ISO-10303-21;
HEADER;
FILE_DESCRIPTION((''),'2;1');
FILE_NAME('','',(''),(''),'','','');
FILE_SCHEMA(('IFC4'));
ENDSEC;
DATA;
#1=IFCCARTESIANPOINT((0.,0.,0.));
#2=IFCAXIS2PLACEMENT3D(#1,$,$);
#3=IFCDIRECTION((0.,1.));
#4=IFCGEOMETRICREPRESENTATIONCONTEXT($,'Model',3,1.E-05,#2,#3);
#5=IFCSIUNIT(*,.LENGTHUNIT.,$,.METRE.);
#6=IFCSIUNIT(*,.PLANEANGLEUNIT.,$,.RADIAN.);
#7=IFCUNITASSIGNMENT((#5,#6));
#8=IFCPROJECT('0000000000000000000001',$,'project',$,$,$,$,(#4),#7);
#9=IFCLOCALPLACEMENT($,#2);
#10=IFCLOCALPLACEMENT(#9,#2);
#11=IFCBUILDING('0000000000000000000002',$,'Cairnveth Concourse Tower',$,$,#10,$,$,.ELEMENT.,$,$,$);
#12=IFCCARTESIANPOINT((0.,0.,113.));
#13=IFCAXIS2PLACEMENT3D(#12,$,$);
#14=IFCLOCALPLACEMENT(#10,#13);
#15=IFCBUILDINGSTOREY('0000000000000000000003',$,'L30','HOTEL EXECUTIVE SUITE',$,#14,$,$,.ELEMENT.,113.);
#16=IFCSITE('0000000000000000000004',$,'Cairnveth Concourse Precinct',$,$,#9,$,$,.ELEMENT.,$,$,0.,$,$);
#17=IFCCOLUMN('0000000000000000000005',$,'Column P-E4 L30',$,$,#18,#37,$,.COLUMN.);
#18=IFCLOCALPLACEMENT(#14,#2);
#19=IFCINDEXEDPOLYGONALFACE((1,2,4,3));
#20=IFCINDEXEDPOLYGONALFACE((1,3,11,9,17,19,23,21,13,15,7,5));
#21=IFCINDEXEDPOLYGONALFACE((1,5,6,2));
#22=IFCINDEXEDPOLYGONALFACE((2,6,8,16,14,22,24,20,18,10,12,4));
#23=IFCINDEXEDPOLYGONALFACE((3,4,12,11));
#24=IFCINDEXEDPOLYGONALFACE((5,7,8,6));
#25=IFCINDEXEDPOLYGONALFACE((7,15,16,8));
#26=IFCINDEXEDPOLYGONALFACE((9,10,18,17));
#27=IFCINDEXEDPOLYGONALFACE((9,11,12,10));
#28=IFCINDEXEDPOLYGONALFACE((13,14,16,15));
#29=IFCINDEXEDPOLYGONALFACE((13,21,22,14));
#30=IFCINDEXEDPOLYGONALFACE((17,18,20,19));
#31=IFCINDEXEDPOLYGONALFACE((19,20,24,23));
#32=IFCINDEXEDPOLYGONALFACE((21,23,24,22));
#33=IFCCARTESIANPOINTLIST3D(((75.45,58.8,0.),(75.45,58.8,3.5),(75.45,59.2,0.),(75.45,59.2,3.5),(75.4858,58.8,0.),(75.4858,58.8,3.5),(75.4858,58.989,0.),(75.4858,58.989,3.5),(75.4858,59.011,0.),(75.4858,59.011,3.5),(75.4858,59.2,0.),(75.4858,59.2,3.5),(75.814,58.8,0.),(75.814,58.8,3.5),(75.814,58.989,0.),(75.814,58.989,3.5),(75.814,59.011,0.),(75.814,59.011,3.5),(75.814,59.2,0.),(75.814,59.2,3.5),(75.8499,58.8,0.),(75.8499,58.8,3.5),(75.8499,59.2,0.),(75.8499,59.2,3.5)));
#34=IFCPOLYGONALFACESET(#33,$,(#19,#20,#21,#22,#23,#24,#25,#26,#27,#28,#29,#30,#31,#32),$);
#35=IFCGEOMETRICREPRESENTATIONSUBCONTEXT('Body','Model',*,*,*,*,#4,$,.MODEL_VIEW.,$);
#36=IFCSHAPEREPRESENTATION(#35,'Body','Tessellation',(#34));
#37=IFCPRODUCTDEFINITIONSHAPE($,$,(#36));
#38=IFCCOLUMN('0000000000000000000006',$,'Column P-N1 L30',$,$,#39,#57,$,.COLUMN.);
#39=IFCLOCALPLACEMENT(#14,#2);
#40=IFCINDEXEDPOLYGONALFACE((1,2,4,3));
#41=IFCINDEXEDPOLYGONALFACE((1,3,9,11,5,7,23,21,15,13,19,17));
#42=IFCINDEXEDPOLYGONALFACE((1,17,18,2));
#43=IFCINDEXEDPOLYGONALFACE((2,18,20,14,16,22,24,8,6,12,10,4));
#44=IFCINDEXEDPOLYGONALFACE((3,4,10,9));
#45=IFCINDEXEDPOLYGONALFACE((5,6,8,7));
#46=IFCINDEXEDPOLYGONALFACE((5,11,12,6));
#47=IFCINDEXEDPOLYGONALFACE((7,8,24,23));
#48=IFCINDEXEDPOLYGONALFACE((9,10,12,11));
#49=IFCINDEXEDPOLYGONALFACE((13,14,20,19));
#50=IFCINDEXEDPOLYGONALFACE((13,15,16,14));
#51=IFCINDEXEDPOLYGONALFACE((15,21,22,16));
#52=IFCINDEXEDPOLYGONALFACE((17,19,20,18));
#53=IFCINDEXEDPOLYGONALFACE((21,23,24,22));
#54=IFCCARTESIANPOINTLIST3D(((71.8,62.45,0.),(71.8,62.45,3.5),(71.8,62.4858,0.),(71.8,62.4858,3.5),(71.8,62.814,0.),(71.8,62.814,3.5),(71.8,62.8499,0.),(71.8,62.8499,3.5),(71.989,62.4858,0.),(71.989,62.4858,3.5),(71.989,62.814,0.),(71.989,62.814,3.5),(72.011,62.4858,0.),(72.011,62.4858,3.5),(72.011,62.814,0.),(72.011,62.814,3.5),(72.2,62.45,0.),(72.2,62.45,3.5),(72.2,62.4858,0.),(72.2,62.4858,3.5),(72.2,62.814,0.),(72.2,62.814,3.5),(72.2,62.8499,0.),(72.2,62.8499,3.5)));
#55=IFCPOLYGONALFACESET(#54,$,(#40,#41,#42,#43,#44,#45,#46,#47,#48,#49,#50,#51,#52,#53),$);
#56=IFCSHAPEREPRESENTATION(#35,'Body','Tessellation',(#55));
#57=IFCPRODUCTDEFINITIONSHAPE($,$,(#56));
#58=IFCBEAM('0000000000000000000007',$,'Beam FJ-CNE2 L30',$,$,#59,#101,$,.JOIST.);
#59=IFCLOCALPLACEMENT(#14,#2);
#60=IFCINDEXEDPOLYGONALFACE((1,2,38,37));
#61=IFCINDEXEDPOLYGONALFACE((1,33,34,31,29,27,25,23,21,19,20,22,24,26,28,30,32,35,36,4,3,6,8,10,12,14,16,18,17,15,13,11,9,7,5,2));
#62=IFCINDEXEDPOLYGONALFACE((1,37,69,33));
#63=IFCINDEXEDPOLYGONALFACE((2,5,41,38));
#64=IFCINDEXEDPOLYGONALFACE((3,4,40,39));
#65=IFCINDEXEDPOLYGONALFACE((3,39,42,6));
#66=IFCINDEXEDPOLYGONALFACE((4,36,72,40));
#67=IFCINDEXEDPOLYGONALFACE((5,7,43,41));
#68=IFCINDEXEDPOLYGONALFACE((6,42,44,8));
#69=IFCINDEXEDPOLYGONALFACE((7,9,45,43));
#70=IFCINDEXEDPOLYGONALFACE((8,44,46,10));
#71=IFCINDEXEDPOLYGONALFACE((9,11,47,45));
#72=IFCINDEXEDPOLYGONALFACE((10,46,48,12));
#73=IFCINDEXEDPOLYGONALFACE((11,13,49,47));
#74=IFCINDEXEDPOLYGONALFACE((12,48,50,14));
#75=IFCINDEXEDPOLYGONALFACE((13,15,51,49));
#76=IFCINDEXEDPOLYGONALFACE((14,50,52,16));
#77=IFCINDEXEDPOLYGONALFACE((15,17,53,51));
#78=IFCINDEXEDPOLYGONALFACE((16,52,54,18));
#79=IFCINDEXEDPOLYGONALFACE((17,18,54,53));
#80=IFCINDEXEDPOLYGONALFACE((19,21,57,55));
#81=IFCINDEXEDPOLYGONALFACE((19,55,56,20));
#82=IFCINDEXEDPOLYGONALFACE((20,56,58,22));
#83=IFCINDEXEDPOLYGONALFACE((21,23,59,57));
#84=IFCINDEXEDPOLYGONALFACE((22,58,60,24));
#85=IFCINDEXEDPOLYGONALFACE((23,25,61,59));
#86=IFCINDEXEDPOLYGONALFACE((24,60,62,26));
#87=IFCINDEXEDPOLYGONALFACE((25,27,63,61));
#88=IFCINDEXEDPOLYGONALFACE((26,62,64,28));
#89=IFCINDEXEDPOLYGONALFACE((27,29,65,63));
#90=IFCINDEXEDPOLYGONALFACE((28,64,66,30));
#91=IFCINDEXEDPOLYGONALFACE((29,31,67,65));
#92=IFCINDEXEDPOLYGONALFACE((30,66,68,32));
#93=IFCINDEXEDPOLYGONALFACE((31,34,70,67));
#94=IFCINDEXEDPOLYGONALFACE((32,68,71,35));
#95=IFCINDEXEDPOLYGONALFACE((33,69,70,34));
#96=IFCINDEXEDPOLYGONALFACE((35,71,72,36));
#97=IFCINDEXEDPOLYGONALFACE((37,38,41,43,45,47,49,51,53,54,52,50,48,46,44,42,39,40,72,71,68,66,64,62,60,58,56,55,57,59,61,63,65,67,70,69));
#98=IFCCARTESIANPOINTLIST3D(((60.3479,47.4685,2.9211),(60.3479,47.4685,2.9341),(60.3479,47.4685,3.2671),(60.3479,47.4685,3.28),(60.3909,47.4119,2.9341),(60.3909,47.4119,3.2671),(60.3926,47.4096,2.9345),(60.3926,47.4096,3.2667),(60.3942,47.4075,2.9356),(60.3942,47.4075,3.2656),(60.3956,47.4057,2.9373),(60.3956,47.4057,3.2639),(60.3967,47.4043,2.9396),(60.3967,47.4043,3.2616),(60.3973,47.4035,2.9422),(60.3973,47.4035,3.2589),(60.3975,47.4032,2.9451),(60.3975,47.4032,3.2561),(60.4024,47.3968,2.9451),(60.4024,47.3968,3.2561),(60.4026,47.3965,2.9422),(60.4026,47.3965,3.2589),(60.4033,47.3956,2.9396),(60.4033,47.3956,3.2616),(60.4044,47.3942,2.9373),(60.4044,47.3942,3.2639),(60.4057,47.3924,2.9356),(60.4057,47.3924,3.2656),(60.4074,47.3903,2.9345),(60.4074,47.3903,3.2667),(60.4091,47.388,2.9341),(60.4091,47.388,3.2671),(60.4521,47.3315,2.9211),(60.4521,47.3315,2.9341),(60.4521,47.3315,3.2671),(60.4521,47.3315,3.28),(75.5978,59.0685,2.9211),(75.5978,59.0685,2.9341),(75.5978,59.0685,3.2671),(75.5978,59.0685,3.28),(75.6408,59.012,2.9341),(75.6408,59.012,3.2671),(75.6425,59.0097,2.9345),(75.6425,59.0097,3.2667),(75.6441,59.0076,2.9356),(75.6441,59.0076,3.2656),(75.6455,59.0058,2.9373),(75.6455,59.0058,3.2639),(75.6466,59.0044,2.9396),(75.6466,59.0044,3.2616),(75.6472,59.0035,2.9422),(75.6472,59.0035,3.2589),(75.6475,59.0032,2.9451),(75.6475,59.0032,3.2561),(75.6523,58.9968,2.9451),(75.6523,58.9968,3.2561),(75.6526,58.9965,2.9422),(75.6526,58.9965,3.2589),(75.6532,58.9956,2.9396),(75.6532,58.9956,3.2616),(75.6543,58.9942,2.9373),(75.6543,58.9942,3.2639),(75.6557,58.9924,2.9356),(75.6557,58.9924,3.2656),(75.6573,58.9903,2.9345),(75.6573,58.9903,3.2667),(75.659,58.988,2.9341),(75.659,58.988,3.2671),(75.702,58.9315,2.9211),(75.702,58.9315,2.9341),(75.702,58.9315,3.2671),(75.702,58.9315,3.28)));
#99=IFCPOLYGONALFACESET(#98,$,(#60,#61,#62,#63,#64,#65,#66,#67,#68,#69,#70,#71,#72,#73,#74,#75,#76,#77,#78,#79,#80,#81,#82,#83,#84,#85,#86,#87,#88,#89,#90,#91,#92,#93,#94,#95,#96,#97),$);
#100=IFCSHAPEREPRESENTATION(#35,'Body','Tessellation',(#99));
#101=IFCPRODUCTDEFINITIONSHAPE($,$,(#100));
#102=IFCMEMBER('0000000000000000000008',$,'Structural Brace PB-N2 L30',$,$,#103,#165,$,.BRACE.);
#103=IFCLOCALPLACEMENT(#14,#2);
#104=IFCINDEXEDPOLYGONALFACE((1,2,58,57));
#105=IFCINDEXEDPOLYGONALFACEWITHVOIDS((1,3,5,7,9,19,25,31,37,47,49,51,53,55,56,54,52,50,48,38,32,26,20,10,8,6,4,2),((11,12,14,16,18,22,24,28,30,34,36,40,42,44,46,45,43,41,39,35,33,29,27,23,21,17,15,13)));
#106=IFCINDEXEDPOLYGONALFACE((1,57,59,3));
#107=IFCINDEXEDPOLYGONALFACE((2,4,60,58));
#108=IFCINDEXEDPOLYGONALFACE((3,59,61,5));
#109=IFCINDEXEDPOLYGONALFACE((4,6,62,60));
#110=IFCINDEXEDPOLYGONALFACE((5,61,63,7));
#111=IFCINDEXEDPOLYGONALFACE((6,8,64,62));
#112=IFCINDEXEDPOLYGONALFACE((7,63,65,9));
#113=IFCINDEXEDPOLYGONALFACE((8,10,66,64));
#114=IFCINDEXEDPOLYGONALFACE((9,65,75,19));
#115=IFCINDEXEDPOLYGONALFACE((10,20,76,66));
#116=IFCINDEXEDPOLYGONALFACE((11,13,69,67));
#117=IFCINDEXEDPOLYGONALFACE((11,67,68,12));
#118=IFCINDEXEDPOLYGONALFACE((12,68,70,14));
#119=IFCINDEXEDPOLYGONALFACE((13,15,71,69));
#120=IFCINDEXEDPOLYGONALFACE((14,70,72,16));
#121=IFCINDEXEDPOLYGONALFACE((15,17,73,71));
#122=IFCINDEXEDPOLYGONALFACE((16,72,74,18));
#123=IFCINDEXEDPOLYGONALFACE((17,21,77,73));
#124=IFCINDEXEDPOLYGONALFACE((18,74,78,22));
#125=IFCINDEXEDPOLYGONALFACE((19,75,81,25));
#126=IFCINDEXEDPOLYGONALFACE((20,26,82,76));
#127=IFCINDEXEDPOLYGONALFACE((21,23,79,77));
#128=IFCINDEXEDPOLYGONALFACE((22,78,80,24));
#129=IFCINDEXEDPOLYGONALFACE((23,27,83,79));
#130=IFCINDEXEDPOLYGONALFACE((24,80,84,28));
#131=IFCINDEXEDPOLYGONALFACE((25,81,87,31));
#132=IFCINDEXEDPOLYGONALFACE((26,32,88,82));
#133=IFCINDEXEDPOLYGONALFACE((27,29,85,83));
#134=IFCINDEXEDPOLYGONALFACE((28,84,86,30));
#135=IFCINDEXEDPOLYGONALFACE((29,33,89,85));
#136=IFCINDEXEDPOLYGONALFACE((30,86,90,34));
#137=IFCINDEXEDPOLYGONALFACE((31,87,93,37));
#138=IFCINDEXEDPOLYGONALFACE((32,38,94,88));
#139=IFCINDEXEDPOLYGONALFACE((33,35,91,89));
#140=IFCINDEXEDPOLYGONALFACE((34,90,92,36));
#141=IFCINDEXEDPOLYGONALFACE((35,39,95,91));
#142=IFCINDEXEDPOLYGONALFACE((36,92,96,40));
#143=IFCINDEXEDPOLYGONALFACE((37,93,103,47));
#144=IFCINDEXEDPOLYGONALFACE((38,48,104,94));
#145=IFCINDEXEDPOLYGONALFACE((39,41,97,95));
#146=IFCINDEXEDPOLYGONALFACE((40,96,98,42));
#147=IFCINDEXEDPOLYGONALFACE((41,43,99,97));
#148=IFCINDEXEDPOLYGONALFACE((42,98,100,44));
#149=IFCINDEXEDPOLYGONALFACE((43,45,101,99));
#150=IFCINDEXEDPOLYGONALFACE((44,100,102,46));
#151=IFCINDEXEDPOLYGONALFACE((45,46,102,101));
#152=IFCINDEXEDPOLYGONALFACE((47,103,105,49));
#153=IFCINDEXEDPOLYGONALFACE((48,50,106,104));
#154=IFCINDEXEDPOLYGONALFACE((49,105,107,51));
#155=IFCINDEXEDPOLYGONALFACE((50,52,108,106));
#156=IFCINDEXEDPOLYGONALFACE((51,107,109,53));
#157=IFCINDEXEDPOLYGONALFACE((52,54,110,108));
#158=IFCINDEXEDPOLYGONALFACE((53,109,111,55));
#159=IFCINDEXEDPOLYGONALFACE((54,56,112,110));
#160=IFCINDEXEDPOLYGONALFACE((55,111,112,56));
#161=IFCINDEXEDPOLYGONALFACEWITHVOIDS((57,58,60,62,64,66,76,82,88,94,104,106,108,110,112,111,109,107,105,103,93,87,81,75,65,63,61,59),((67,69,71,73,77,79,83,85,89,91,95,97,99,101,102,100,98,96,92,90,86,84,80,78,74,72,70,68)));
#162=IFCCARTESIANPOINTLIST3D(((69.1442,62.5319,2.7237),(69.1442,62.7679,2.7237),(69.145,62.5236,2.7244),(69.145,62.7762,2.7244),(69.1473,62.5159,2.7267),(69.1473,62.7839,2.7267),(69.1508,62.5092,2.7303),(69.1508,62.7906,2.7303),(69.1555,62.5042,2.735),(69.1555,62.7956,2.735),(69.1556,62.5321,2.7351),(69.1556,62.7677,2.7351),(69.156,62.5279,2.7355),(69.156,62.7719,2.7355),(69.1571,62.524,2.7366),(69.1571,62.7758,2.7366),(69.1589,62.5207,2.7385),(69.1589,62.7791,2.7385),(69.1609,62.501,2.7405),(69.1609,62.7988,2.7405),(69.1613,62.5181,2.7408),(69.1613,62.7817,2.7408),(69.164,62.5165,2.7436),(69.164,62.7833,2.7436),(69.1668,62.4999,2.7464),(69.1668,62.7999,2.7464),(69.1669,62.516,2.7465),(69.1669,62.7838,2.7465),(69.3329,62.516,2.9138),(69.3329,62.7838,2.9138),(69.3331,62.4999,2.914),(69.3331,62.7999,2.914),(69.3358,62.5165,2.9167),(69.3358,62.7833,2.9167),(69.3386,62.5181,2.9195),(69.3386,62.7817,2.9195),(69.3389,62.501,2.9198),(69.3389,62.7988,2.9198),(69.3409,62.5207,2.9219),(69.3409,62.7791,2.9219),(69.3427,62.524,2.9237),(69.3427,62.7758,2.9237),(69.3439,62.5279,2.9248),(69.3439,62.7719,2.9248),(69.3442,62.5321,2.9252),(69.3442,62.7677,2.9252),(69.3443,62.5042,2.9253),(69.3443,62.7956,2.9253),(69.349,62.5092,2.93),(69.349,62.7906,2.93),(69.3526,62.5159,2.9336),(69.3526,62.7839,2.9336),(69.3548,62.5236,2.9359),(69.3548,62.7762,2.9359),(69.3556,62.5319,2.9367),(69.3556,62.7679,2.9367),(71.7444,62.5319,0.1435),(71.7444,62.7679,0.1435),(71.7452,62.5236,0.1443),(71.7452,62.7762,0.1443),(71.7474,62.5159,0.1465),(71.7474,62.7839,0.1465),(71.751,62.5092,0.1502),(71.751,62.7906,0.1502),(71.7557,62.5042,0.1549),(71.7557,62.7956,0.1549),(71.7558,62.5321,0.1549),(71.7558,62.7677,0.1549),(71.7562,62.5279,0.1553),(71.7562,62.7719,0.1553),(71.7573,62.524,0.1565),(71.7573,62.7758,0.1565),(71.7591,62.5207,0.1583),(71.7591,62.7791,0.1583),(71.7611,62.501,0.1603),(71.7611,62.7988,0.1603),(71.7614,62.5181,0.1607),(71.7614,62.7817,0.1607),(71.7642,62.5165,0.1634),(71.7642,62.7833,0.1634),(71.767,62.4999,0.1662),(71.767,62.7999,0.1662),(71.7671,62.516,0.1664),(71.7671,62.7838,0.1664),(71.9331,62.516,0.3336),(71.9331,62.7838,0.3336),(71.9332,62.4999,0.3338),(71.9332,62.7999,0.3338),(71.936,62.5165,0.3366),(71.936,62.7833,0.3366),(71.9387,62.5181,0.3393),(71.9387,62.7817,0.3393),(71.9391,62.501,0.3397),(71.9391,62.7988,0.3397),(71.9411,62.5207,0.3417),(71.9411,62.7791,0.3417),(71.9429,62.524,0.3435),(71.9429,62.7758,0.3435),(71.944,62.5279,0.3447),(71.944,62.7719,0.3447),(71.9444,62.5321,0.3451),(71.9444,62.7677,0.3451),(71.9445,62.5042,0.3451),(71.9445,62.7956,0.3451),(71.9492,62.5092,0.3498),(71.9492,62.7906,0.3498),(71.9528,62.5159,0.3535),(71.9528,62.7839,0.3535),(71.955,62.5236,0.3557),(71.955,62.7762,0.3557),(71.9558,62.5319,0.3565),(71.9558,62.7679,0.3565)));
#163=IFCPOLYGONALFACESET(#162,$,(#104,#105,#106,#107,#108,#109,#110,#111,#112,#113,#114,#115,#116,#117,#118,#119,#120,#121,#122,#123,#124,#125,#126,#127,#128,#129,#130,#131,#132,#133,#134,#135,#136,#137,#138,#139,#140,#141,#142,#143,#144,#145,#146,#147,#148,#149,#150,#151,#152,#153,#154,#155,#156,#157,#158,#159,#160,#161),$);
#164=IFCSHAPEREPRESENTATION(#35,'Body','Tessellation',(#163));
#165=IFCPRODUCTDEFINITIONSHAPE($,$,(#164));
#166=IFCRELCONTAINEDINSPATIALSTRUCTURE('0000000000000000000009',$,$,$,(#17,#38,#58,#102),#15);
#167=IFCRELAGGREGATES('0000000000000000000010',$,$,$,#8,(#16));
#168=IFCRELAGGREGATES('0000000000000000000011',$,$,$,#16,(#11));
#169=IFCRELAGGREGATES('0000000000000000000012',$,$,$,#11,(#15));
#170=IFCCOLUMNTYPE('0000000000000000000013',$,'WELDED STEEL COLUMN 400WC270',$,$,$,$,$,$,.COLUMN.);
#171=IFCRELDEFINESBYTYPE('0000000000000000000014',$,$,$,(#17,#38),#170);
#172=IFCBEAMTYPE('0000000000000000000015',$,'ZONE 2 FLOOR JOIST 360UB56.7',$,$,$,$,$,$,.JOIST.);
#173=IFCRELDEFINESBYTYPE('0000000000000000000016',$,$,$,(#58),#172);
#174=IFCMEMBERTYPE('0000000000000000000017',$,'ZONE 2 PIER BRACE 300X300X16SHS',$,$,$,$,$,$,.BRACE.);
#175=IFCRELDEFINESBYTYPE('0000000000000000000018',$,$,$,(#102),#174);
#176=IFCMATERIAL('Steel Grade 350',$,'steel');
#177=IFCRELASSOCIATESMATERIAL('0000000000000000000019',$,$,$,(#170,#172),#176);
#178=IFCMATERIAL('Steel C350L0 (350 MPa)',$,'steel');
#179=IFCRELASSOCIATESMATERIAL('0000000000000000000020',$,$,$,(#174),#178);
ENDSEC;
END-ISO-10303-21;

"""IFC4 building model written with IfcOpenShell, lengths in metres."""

from ifc_helpers import new_model, si_unit, direction, frame, origin, origin_2d, place, context, subcontext, project, spatial, hollow_rectangle, i_section, extrude, material, material_profile, profile_set, type_object, element, save


model = new_model("IFC4")

# Units and contexts
model_context = context("Model", 3, precision=1e-05, world=origin(), true_north=direction((0.0, 1.0)))
body_context = subcontext(model_context, "Body", "Model", "MODEL_VIEW")
ifc_project = project(units=[si_unit("LENGTHUNIT", "METRE"), si_unit("PLANEANGLEUNIT", "RADIAN")], contexts=[model_context])

# Site, building, storey
site_placement = place(None, origin())
site = spatial("IfcSite", under=ifc_project, at=site_placement, Name="Cairnveth Concourse Precinct", CompositionType="ELEMENT", RefElevation=0.0)
building_placement = place(site_placement, origin())
building = spatial("IfcBuilding", under=site, at=building_placement, Name="Cairnveth Concourse Tower", CompositionType="ELEMENT")
storey_placement = place(building_placement, frame((0.0, 0.0, 113.0)))
storey = spatial("IfcBuildingStorey", under=building, at=storey_placement, Name="L30", Description="HOTEL EXECUTIVE SUITE", CompositionType="ELEMENT", Elevation=113.0)

# Columns
ifc_material_1 = material(Name="Steel Grade 350", Category="steel")
ifc_material_profile_1 = material_profile(ifc_material_1, i_section(OverallWidth=0.3999, OverallDepth=0.3999, WebThickness=0.022, FlangeThickness=0.0359, at=origin_2d()), Name="400WC270")
ifc_profile_set_1 = profile_set([ifc_material_profile_1], Name="Steel Grade 350")
column_type = type_object("IfcColumnType", Name="WELDED STEEL COLUMN 400WC270", PredefinedType="COLUMN", material=ifc_profile_set_1)
for number, where, z_axis, x_axis, name in (
    (1, (75.6499, 59.0, 0.0), (0.0, 0.0, 1.0), (0.0, 1.0, 0.0), "Column P-E4 L30"),
    (2, (72.0, 62.6499, 0.0), (0.0, 0.0, 1.0), (1.0, 0.0, 0.0), "Column P-N1 L30"),
):
    element("IfcColumn", number, at=place(storey_placement, frame(where, z_axis=z_axis, x_axis=x_axis)), inside=storey, type_object=column_type, Name=name, PredefinedType="COLUMN", context=body_context, shape_type="SweptSolid", body=[
        extrude(i_section(OverallWidth=0.3999, OverallDepth=0.3999, WebThickness=0.022, FlangeThickness=0.0359, at=origin_2d()), origin(), (0.0, 0.0, 1.0), 3.5),
    ])

# Beam
ifc_material_profile_2 = material_profile(ifc_material_1, i_section(OverallWidth=0.1721, OverallDepth=0.3589, WebThickness=0.0081, FlangeThickness=0.0129, FilletRadius=0.011, at=origin_2d()), Name="360UB56.7")
ifc_profile_set_2 = profile_set([ifc_material_profile_2], Name="Steel Grade 350")
beam_type_1 = type_object("IfcBeamType", Name="ZONE 2 FLOOR JOIST 360UB56.7", PredefinedType="JOIST", material=ifc_profile_set_2)
beam_1_placement = place(storey_placement, frame((75.6499, 59.0, 3.1006), z_axis=(-0.795908, -0.605417, 0.0), x_axis=(0.605417, -0.795908, 0.0)))
element("IfcBeam", 3, at=beam_1_placement, inside=storey, type_object=beam_type_1, Name="Beam FJ-CNE2 L30", PredefinedType="JOIST", context=body_context, shape_type="SweptSolid", body=[
    extrude(i_section(OverallWidth=0.1721, OverallDepth=0.3589, WebThickness=0.0081, FlangeThickness=0.0129, FilletRadius=0.011, at=origin_2d()), origin(), (0.0, 0.0, 1.0), 19.1604),
])

# Member
ifc_material_2 = material(Name="Steel C350L0 (350 MPa)", Category="steel")
ifc_material_profile_3 = material_profile(ifc_material_2, hollow_rectangle(XDim=0.3, YDim=0.3, WallThickness=0.0161, InnerFilletRadius=0.0161, OuterFilletRadius=0.032, at=origin_2d()), Name="300x300x16.0SHS")
ifc_profile_set_3 = profile_set([ifc_material_profile_3], Name="Steel C350L0 (350 MPa)")
member_type = type_object("IfcMemberType", Name="ZONE 2 PIER BRACE 300X300X16SHS", PredefinedType="BRACE", material=ifc_profile_set_3)
for number, where, z_axis, x_axis, name in (
    (4, (71.8501, 62.6499, 0.25), (-0.709834, 0.0, 0.704369), (0.0, -1.0, 0.0), "Structural Brace PB-N2 L30"),
):
    element("IfcMember", number, at=place(storey_placement, frame(where, z_axis=z_axis, x_axis=x_axis)), inside=storey, type_object=member_type, Name=name, PredefinedType="BRACE", context=body_context, shape_type="SweptSolid", body=[
        extrude(hollow_rectangle(XDim=0.3, YDim=0.3, WallThickness=0.0161, InnerFilletRadius=0.0161, OuterFilletRadius=0.032, at=origin_2d()), origin(), (0.0, 0.0, 1.0), 3.6631),
    ])

save(model, "model.ifc")
